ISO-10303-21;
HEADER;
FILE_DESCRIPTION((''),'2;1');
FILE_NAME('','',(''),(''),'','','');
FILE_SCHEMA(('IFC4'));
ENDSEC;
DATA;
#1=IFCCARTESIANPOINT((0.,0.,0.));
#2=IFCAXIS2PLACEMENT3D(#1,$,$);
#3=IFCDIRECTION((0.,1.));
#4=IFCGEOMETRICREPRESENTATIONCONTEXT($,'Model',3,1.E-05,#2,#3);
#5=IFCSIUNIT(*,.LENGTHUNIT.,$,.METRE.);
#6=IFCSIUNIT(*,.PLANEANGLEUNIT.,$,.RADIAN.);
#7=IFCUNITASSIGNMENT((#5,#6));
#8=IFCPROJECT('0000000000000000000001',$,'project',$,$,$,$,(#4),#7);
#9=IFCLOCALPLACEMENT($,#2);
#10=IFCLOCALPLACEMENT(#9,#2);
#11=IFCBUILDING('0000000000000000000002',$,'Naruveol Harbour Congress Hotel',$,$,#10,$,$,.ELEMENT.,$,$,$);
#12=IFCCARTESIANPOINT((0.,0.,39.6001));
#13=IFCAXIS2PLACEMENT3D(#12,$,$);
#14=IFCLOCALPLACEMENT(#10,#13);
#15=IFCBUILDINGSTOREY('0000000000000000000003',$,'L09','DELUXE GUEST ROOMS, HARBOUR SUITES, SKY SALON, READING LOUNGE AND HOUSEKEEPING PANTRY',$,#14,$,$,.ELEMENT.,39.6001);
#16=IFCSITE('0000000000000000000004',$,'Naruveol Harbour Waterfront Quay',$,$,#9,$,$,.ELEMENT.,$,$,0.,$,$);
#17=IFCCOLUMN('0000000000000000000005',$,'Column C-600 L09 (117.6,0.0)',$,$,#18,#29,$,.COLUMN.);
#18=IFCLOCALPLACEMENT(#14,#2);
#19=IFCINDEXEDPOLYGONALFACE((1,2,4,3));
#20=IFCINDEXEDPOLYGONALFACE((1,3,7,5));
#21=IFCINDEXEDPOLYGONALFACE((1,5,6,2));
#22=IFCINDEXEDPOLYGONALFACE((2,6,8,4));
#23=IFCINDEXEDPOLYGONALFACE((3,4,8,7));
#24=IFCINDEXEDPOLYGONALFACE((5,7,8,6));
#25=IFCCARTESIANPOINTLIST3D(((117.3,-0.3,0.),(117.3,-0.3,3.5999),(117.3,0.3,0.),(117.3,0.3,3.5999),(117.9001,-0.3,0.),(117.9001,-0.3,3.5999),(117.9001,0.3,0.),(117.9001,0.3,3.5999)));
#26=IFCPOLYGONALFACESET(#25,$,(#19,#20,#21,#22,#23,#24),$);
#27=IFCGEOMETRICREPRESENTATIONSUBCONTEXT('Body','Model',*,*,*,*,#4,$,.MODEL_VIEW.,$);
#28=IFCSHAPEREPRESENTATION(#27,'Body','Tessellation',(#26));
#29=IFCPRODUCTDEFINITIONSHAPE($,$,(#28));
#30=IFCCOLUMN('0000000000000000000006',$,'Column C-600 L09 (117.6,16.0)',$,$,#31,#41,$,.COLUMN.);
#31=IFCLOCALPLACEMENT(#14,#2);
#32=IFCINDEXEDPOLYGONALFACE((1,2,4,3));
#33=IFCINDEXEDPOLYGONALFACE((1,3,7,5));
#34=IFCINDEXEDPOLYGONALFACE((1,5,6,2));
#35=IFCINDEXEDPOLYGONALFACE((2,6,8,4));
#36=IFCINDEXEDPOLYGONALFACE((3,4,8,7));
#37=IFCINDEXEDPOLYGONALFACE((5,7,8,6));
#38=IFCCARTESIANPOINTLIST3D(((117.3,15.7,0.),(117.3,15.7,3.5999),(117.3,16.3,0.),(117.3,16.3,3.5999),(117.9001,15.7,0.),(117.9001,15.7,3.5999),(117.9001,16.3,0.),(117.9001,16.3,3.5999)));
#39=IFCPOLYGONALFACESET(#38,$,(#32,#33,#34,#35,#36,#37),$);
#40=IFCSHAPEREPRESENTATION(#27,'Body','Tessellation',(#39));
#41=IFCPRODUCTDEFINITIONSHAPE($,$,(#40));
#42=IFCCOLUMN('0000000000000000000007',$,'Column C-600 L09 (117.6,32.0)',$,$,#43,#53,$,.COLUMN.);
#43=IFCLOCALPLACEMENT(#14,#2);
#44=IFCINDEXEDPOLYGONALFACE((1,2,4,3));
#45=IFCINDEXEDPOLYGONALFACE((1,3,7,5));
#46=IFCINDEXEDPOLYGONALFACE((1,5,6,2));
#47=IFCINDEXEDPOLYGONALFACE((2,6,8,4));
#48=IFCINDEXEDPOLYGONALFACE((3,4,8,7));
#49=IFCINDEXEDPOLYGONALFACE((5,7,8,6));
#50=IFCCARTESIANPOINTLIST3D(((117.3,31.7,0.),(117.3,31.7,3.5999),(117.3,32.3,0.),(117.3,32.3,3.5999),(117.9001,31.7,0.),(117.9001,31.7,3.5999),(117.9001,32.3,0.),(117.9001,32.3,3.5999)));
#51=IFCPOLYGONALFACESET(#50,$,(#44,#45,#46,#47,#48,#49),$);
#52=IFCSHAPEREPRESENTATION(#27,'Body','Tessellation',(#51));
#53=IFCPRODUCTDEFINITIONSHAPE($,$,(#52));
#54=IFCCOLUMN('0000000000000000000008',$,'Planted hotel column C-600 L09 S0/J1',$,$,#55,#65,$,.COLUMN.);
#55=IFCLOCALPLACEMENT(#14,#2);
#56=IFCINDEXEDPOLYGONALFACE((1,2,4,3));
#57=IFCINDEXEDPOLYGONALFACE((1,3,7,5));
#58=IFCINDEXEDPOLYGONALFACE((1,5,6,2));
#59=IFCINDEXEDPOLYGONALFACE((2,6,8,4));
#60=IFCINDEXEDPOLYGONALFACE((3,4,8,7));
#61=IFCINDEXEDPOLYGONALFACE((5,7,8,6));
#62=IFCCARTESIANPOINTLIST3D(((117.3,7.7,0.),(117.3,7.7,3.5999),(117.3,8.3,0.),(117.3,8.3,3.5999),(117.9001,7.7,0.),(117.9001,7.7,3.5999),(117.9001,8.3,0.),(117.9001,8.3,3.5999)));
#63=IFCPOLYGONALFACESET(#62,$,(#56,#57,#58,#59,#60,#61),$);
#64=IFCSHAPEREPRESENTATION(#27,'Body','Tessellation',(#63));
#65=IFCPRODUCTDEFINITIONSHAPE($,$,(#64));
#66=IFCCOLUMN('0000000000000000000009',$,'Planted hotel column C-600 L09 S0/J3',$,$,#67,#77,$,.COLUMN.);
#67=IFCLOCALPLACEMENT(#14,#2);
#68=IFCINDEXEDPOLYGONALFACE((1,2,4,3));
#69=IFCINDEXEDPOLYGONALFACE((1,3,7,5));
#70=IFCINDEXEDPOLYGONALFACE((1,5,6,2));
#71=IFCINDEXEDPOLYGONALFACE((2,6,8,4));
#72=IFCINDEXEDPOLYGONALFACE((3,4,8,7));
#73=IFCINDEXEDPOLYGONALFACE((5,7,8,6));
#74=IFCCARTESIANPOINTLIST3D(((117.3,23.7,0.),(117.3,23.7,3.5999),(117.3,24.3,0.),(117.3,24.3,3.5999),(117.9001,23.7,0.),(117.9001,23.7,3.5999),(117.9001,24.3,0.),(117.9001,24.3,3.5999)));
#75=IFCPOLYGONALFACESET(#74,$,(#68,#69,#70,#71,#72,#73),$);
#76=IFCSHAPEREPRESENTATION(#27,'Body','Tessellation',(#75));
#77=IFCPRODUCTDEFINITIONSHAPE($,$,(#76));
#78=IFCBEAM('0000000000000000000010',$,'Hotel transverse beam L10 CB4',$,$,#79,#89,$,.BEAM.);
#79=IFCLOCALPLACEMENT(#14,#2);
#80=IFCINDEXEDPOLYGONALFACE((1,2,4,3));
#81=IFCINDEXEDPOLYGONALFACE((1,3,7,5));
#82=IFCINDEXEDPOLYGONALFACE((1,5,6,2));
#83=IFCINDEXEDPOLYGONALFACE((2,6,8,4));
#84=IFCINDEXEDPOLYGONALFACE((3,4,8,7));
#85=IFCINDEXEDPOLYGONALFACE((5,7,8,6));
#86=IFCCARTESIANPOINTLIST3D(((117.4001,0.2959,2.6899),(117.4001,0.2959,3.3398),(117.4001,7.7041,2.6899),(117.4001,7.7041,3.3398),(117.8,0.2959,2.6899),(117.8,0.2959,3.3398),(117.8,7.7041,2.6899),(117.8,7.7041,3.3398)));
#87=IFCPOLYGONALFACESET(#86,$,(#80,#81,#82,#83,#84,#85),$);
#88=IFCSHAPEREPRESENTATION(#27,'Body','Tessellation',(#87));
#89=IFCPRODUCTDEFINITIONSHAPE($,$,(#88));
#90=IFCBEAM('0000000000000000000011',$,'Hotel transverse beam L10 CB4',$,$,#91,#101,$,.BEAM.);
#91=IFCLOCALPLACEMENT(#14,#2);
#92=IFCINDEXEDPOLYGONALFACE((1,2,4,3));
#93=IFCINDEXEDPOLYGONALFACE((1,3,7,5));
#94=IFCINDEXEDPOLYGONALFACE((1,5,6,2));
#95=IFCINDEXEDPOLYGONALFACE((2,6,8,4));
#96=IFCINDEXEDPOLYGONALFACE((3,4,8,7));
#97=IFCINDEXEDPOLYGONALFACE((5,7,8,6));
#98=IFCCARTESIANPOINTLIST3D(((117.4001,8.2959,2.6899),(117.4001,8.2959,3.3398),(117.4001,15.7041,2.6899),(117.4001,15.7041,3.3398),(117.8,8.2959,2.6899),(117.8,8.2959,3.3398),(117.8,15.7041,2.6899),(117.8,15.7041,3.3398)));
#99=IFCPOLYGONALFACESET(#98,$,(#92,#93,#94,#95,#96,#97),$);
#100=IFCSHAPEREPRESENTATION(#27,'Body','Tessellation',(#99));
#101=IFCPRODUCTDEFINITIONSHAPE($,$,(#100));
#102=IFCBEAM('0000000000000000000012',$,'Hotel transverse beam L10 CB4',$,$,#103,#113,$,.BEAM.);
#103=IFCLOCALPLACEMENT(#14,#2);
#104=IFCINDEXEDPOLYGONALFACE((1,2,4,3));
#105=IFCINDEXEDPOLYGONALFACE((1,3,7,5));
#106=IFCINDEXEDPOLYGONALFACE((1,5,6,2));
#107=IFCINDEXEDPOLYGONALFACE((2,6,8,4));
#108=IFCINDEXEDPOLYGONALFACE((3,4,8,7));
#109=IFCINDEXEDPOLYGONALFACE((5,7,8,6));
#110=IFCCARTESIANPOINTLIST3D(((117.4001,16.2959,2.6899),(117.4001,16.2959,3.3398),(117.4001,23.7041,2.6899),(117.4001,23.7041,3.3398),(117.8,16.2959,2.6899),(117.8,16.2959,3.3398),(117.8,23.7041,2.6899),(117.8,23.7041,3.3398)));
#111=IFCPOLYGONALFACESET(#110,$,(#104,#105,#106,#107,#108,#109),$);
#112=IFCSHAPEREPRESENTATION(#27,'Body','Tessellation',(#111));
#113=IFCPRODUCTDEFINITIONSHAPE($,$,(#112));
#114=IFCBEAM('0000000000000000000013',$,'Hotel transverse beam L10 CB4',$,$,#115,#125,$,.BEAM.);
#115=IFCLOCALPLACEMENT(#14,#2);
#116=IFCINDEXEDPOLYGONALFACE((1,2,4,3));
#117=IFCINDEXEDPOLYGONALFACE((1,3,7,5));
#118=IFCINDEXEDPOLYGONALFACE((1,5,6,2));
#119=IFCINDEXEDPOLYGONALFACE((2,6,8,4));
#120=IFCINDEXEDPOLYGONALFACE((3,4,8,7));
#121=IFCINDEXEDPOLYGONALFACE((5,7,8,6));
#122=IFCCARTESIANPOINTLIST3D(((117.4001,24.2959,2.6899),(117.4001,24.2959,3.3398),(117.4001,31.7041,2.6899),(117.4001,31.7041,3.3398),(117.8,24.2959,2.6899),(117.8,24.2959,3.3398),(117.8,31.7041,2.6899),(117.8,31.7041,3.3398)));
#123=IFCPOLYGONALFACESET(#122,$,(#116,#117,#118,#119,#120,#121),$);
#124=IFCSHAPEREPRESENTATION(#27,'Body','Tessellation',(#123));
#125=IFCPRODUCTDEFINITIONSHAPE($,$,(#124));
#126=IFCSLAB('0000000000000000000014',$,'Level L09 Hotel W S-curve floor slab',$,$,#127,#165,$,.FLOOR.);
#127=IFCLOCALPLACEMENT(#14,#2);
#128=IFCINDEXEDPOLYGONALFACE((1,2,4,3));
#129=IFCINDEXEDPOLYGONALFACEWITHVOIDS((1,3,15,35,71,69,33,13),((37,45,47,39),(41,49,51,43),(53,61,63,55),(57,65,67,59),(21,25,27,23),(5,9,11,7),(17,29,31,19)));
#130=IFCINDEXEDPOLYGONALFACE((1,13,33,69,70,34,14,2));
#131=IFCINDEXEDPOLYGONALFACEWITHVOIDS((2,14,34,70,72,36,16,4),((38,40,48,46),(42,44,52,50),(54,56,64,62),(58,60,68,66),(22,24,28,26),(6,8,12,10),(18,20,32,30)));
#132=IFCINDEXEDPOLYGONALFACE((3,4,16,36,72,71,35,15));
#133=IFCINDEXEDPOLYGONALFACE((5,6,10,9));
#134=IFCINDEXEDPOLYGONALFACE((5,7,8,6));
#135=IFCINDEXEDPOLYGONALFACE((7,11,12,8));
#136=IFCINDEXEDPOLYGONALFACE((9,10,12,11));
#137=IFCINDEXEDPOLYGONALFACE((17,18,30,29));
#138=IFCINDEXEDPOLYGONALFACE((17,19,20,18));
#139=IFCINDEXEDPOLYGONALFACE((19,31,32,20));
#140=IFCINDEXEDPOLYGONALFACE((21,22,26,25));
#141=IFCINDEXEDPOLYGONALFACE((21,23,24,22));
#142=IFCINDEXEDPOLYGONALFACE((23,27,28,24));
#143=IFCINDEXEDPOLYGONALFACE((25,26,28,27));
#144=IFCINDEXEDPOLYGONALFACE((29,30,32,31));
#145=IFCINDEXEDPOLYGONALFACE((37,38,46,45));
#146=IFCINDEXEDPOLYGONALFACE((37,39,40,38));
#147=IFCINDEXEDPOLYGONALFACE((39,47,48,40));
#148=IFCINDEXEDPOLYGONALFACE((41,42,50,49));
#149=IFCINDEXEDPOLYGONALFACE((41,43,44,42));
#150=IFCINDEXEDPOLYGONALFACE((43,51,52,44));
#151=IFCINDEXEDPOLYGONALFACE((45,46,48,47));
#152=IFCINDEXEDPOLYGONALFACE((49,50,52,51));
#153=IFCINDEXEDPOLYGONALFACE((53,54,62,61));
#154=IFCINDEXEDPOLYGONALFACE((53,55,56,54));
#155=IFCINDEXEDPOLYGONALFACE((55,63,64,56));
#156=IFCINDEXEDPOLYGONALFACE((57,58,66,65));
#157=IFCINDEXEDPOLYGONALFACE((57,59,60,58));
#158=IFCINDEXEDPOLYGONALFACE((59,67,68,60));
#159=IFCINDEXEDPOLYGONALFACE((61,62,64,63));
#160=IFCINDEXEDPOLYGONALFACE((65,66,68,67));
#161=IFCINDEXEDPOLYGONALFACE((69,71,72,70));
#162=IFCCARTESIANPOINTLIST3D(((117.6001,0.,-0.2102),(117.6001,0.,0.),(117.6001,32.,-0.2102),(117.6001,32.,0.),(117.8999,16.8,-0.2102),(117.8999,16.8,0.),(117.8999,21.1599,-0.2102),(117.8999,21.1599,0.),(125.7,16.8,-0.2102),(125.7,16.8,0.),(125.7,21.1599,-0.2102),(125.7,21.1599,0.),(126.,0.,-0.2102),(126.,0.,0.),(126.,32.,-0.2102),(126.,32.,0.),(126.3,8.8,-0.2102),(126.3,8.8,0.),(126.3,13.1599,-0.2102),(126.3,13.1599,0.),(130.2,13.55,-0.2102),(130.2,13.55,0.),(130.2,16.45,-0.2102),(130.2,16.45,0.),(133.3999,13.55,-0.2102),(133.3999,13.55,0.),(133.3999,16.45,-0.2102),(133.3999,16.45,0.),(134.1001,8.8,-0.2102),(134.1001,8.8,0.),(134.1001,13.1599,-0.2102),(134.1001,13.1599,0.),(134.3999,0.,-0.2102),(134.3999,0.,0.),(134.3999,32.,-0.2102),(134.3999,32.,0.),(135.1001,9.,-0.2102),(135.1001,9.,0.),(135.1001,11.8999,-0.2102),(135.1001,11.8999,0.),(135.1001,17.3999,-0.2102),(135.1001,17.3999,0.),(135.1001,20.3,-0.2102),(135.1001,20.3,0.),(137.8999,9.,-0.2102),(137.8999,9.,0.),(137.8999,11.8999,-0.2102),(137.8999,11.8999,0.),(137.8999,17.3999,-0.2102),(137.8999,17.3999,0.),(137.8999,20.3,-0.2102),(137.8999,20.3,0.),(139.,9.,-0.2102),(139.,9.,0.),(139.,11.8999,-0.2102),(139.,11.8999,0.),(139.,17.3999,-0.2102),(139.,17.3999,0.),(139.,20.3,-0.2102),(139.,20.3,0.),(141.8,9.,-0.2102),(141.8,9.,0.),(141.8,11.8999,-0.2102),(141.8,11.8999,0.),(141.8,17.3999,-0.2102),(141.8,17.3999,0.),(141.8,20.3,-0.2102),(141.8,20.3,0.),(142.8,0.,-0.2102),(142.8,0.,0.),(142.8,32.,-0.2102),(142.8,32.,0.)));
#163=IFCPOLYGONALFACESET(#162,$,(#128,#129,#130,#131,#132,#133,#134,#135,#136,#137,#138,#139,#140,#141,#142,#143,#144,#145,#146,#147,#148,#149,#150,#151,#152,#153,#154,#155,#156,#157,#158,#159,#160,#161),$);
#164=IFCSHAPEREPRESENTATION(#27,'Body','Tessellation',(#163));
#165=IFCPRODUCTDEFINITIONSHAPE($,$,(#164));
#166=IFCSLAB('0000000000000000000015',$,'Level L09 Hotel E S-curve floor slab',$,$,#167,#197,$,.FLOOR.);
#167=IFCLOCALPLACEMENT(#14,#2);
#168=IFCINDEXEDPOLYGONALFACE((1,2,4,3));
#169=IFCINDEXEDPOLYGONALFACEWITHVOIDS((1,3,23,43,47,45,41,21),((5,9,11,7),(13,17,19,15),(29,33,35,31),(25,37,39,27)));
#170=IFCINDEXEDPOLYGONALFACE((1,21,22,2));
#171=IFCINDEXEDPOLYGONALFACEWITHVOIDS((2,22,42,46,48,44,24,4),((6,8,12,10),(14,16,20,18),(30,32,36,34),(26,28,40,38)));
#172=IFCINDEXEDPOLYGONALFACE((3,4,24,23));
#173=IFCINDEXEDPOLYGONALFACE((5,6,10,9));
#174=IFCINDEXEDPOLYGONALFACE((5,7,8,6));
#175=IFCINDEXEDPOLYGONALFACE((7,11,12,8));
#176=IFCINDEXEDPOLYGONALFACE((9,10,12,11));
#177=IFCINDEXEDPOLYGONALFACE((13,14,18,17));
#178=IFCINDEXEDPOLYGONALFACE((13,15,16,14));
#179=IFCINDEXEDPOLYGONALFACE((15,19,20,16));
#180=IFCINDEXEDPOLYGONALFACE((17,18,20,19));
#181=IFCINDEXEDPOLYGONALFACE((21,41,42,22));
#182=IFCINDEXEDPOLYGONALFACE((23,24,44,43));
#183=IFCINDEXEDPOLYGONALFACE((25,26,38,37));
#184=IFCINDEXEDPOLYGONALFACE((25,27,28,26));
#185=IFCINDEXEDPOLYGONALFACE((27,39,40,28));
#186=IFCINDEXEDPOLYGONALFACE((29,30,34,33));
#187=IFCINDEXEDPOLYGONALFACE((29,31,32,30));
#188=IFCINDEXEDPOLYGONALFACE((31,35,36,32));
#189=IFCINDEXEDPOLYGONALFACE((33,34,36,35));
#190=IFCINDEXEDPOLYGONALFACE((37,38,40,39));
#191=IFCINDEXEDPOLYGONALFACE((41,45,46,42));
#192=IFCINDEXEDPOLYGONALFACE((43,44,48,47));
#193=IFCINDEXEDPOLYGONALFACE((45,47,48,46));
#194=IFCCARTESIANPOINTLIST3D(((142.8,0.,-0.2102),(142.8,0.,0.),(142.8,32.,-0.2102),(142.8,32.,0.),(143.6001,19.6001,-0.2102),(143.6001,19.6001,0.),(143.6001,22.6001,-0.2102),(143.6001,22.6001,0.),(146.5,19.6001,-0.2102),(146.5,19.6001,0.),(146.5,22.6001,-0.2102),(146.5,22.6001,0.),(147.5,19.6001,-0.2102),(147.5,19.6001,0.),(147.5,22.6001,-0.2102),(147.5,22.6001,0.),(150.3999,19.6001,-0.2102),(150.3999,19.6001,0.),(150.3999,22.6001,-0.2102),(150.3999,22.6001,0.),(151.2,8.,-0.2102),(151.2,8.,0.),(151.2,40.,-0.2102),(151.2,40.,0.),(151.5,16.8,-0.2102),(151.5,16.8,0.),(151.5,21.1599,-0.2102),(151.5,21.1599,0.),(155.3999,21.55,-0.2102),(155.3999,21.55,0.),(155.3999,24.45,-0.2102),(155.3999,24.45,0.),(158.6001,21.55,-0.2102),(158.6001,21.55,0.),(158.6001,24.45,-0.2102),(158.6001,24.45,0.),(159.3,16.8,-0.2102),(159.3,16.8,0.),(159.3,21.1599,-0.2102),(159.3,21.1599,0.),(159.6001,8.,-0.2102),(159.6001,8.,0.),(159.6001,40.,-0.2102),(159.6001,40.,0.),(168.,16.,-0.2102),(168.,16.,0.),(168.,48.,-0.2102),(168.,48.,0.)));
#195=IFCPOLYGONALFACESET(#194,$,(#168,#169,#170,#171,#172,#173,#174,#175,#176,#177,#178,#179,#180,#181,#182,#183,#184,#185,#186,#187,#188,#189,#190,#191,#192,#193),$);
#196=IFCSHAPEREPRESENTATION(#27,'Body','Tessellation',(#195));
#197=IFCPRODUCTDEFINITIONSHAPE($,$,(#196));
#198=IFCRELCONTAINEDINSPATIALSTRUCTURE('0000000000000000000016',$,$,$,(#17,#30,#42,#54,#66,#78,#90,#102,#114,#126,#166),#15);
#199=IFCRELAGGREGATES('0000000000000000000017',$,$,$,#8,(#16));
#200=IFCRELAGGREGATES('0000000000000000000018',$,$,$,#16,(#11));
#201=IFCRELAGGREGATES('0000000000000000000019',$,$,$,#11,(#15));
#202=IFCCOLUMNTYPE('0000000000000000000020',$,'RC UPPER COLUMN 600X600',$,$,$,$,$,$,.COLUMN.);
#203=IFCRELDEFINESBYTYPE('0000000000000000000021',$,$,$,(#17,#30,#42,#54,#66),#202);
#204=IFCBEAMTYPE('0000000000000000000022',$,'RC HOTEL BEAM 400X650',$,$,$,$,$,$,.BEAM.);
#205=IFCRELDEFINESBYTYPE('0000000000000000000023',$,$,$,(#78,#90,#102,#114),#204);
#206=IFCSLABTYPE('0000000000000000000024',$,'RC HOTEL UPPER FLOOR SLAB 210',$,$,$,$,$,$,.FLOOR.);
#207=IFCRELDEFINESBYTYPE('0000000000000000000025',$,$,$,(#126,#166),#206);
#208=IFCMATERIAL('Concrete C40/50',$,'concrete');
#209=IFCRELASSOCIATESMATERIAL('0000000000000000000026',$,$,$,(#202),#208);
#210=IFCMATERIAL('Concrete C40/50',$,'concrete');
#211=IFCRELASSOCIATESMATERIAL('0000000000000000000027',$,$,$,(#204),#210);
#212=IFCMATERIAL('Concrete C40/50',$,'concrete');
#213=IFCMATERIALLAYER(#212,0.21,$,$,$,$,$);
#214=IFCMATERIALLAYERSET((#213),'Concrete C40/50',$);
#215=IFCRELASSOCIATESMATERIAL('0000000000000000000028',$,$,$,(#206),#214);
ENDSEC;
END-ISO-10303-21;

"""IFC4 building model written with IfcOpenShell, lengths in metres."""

from ifc_helpers import new_model, si_unit, direction, frame, origin, origin_2d, place, context, subcontext, project, spatial, polyline, rectangle, outline, extrude, material, layer, layer_set, material_profile, profile_set, type_object, element, save


model = new_model("IFC4")

# Units and contexts
model_context = context("Model", 3, precision=1e-05, world=origin(), true_north=direction((0.0, 1.0)))
body_context = subcontext(model_context, "Body", "Model", "MODEL_VIEW")
ifc_project = project(units=[si_unit("LENGTHUNIT", "METRE"), si_unit("PLANEANGLEUNIT", "RADIAN")], contexts=[model_context])

# Site, building, storey
site_placement = place(None, origin())
site = spatial("IfcSite", under=ifc_project, at=site_placement, Name="Naruveol Harbour Waterfront Quay", CompositionType="ELEMENT", RefElevation=0.0)
building_placement = place(site_placement, origin())
building = spatial("IfcBuilding", under=site, at=building_placement, Name="Naruveol Harbour Congress Hotel", CompositionType="ELEMENT")
storey_placement = place(building_placement, frame((0.0, 0.0, 39.6001)))
storey = spatial("IfcBuildingStorey", under=building, at=storey_placement, Name="L09", Description="DELUXE GUEST ROOMS, HARBOUR SUITES, SKY SALON, READING LOUNGE AND HOUSEKEEPING PANTRY", CompositionType="ELEMENT", Elevation=39.6001)

# Columns
ifc_material_1 = material(Name="Concrete C40/50", Category="concrete")
ifc_material_profile_1 = material_profile(ifc_material_1, rectangle(XDim=0.6001, YDim=0.6001, at=origin_2d()), Name="RC-600x600")
ifc_profile_set_1 = profile_set([ifc_material_profile_1], Name="Concrete C40/50")
column_type = type_object("IfcColumnType", Name="RC UPPER COLUMN 600X600", PredefinedType="COLUMN", material=ifc_profile_set_1)
for number, where, z_axis, x_axis, name in (
    (1, (117.6001, 0.0, 0.0), (0.0, 0.0, 1.0), (1.0, 0.0, 0.0), "Column C-600 L09 (117.6,0.0)"),
    (2, (117.6001, 16.0, 0.0), (0.0, 0.0, 1.0), (1.0, 0.0, 0.0), "Column C-600 L09 (117.6,16.0)"),
    (3, (117.6001, 32.0, 0.0), (0.0, 0.0, 1.0), (1.0, 0.0, 0.0), "Column C-600 L09 (117.6,32.0)"),
    (4, (117.6001, 8.0, 0.0), (0.0, 0.0, 1.0), (1.0, 0.0, 0.0), "Planted hotel column C-600 L09 S0/J1"),
    (5, (117.6001, 24.0, 0.0), (0.0, 0.0, 1.0), (1.0, 0.0, 0.0), "Planted hotel column C-600 L09 S0/J3"),
):
    element("IfcColumn", number, at=place(storey_placement, frame(where, z_axis=z_axis, x_axis=x_axis)), inside=storey, type_object=column_type, Name=name, PredefinedType="COLUMN", context=body_context, shape_type="SweptSolid", body=[
        extrude(rectangle(XDim=0.6001, YDim=0.6001, at=origin_2d()), origin(), (0.0, 0.0, 1.0), 3.5999),
    ])

# Beams
ifc_material_2 = material(Name="Concrete C40/50", Category="concrete")
ifc_material_profile_2 = material_profile(ifc_material_2, rectangle(XDim=0.3999, YDim=0.6499, at=origin_2d()), Name="RCB-400x650")
ifc_profile_set_2 = profile_set([ifc_material_profile_2], Name="Concrete C40/50")
beam_type = type_object("IfcBeamType", Name="RC HOTEL BEAM 400X650", PredefinedType="BEAM", material=ifc_profile_set_2)
for number, where, z_axis, x_axis, name in (
    (6, (117.6001, 0.2959, 3.0149), (0.0, 1.0, 0.0), (-1.0, 0.0, 0.0), "Hotel transverse beam L10 CB4"),
    (7, (117.6001, 8.2959, 3.0149), (0.0, 1.0, 0.0), (-1.0, 0.0, 0.0), "Hotel transverse beam L10 CB4"),
    (8, (117.6001, 16.2959, 3.0149), (0.0, 1.0, 0.0), (-1.0, 0.0, 0.0), "Hotel transverse beam L10 CB4"),
    (9, (117.6001, 24.2959, 3.0149), (0.0, 1.0, 0.0), (-1.0, 0.0, 0.0), "Hotel transverse beam L10 CB4"),
):
    element("IfcBeam", number, at=place(storey_placement, frame(where, z_axis=z_axis, x_axis=x_axis)), inside=storey, type_object=beam_type, Name=name, PredefinedType="BEAM", context=body_context, shape_type="SweptSolid", body=[
        extrude(rectangle(XDim=0.3999, YDim=0.6499, at=origin_2d()), origin(), (0.0, 0.0, 1.0), 7.4082),
    ])

# Slabs
ifc_material_3 = material(Name="Concrete C40/50", Category="concrete")
ifc_layer_1 = layer(ifc_material_3, 0.21)
ifc_layer_set_1 = layer_set([ifc_layer_1], Name="Concrete C40/50")
slab_type_1 = type_object("IfcSlabType", Name="RC HOTEL UPPER FLOOR SLAB 210", PredefinedType="FLOOR", material=ifc_layer_set_1)
slab_1_placement = place(storey_placement, frame((0.0, 0.0, -0.2102)))
element("IfcSlab", 10, at=slab_1_placement, inside=storey, type_object=slab_type_1, Name="Level L09 Hotel W S-curve floor slab", PredefinedType="FLOOR", context=body_context, shape_type="SweptSolid", body=[
    extrude(outline(polyline([(117.6001, 0.0), (126.0, 0.0), (134.3999, 0.0), (142.8, 0.0), (142.8, 32.0), (134.3999, 32.0), (126.0, 32.0), (117.6001, 32.0), (117.6001, 0.0)]), holes=[polyline([(126.3, 8.8), (134.1001, 8.8), (134.1001, 13.1599), (126.3, 13.1599), (126.3, 8.8)]), polyline([(117.8999, 16.8), (125.7, 16.8), (125.7, 21.1599), (117.8999, 21.1599), (117.8999, 16.8)]), polyline([(135.1001, 17.3999), (137.8999, 17.3999), (137.8999, 20.3), (135.1001, 20.3), (135.1001, 17.3999)]), polyline([(139.0, 17.3999), (141.8, 17.3999), (141.8, 20.3), (139.0, 20.3), (139.0, 17.3999)]), polyline([(135.1001, 9.0), (137.8999, 9.0), (137.8999, 11.8999), (135.1001, 11.8999), (135.1001, 9.0)]), polyline([(139.0, 9.0), (141.8, 9.0), (141.8, 11.8999), (139.0, 11.8999), (139.0, 9.0)]), polyline([(130.2, 13.55), (133.3999, 13.55), (133.3999, 16.45), (130.2, 16.45), (130.2, 13.55)])]), origin(), (0.0, 0.0, 1.0), 0.2102),
])
slab_2_placement = place(storey_placement, frame((0.0, 0.0, -0.2102)))
element("IfcSlab", 11, at=slab_2_placement, inside=storey, type_object=slab_type_1, Name="Level L09 Hotel E S-curve floor slab", PredefinedType="FLOOR", context=body_context, shape_type="SweptSolid", body=[
    extrude(outline(polyline([(142.8, 0.0), (151.2, 8.0), (159.6001, 8.0), (168.0, 16.0), (168.0, 48.0), (159.6001, 40.0), (151.2, 40.0), (142.8, 32.0), (142.8, 0.0)]), holes=[polyline([(151.5, 16.8), (159.3, 16.8), (159.3, 21.1599), (151.5, 21.1599), (151.5, 16.8)]), polyline([(155.3999, 21.55), (158.6001, 21.55), (158.6001, 24.45), (155.3999, 24.45), (155.3999, 21.55)]), polyline([(143.6001, 19.6001), (146.5, 19.6001), (146.5, 22.6001), (143.6001, 22.6001), (143.6001, 19.6001)]), polyline([(147.5, 19.6001), (150.3999, 19.6001), (150.3999, 22.6001), (147.5, 22.6001), (147.5, 19.6001)])]), origin(), (0.0, 0.0, 1.0), 0.2102),
])

save(model, "model.ifc")
